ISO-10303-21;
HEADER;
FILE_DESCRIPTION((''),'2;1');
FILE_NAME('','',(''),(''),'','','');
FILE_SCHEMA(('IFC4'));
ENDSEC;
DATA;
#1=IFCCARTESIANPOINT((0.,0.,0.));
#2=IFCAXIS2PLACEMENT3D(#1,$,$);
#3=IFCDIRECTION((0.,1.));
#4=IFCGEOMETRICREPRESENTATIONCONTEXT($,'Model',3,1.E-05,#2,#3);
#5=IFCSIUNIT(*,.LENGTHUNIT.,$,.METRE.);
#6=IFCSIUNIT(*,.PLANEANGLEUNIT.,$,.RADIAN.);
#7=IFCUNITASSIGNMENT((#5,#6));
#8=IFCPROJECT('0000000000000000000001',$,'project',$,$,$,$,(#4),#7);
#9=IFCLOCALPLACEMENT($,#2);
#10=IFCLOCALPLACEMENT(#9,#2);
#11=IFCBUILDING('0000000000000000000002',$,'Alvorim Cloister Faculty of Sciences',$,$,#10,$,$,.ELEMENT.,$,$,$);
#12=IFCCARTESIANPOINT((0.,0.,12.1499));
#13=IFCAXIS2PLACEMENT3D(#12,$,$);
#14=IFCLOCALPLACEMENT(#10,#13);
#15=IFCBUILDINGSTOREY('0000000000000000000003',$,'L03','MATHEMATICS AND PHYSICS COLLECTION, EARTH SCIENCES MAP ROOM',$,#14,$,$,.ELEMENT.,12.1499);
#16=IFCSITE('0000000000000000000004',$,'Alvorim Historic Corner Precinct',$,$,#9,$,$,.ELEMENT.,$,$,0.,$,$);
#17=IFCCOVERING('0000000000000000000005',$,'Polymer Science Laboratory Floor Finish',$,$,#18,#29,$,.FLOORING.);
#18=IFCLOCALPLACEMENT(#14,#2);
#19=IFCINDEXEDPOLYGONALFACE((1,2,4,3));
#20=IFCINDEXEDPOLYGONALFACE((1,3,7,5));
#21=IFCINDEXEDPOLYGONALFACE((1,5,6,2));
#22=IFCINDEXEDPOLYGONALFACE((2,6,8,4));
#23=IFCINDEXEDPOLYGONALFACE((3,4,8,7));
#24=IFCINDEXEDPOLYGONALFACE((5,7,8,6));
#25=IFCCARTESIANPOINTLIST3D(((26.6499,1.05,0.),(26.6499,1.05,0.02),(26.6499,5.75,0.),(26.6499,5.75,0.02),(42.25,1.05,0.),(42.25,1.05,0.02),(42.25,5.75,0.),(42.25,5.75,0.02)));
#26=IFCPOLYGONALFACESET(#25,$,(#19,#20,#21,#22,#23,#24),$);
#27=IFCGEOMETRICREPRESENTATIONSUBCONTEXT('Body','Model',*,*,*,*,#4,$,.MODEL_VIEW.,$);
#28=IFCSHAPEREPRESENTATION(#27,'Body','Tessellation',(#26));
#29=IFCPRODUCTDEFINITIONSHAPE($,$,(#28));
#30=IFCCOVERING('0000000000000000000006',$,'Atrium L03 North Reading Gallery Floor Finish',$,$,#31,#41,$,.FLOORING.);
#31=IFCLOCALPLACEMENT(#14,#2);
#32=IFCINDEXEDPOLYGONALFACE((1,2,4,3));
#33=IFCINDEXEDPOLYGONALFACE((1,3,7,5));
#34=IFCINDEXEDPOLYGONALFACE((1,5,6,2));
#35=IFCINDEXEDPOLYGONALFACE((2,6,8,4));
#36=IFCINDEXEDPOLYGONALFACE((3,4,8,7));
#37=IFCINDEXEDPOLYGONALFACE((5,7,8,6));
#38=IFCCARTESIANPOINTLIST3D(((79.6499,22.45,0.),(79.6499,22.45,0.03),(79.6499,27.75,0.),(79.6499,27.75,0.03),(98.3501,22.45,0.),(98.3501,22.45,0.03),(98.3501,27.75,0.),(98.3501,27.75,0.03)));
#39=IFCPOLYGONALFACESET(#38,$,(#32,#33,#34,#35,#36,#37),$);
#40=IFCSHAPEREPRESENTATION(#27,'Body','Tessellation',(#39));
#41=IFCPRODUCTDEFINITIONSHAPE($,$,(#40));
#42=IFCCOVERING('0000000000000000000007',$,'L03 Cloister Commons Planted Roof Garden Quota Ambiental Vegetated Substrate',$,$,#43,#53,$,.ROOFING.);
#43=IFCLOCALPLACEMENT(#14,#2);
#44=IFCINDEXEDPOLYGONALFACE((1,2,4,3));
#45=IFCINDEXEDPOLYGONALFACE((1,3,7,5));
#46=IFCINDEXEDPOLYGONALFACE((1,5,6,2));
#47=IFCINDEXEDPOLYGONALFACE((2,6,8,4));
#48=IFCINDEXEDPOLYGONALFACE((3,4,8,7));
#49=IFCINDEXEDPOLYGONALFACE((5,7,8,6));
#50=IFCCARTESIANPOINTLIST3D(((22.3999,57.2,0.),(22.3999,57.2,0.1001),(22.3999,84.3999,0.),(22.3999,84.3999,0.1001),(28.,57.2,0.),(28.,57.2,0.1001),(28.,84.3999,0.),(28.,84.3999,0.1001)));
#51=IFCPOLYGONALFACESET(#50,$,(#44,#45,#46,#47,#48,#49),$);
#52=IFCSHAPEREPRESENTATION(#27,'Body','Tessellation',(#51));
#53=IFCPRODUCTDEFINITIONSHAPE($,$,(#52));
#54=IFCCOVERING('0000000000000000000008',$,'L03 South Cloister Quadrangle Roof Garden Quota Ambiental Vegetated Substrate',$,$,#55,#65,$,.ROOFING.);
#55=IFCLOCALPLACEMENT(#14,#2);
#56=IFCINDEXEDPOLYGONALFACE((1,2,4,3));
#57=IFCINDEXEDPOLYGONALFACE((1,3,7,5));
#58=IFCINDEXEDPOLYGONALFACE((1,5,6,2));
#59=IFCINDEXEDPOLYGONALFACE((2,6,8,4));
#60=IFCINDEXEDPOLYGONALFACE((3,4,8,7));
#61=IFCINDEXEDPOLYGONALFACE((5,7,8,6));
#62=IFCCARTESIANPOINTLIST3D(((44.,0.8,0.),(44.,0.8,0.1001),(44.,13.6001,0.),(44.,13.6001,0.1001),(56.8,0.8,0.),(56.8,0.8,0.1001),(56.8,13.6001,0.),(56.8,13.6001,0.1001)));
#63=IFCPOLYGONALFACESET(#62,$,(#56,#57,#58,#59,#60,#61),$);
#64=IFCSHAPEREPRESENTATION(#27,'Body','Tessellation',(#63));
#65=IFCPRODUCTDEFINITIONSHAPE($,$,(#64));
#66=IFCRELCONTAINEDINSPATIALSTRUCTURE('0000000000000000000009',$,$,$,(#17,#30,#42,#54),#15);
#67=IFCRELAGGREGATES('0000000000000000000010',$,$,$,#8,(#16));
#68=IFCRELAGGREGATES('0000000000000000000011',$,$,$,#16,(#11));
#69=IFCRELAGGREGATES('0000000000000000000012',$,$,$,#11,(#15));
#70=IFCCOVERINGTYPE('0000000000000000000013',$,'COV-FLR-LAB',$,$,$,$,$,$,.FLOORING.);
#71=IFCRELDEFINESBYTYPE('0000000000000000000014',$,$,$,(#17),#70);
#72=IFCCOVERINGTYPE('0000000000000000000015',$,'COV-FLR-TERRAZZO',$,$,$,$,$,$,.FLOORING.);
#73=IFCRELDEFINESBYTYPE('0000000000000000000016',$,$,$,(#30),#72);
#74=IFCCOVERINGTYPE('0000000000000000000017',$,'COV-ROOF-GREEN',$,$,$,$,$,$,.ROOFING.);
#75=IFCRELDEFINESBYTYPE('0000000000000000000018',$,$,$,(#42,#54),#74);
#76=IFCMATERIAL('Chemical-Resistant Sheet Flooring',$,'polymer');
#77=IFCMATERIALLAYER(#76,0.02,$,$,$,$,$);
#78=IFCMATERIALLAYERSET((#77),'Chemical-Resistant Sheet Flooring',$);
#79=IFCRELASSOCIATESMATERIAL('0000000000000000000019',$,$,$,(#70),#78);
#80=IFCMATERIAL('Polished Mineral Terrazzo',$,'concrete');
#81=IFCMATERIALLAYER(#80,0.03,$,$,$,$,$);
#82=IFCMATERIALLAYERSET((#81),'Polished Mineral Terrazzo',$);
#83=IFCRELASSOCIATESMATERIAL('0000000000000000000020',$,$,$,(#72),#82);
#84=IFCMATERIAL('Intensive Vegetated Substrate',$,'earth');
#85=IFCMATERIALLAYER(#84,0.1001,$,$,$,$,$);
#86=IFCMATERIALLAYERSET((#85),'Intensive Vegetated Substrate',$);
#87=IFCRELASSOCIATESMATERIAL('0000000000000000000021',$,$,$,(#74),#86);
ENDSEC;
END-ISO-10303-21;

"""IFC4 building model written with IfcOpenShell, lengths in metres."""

from ifc_helpers import new_model, si_unit, direction, frame, origin, place, context, subcontext, project, spatial, polyline, outline, extrude, material, layer, layer_set, type_object, element, save


model = new_model("IFC4")

# Units and contexts
model_context = context("Model", 3, precision=1e-05, world=origin(), true_north=direction((0.0, 1.0)))
body_context = subcontext(model_context, "Body", "Model", "MODEL_VIEW")
ifc_project = project(units=[si_unit("LENGTHUNIT", "METRE"), si_unit("PLANEANGLEUNIT", "RADIAN")], contexts=[model_context])

# Site, building, storey
site_placement = place(None, origin())
site = spatial("IfcSite", under=ifc_project, at=site_placement, Name="Alvorim Historic Corner Precinct", CompositionType="ELEMENT", RefElevation=0.0)
building_placement = place(site_placement, origin())
building = spatial("IfcBuilding", under=site, at=building_placement, Name="Alvorim Cloister Faculty of Sciences", CompositionType="ELEMENT")
storey_placement = place(building_placement, frame((0.0, 0.0, 12.1499)))
storey = spatial("IfcBuildingStorey", under=building, at=storey_placement, Name="L03", Description="MATHEMATICS AND PHYSICS COLLECTION, EARTH SCIENCES MAP ROOM", CompositionType="ELEMENT", Elevation=12.1499)

# Coverings
ifc_material_1 = material(Name="Chemical-Resistant Sheet Flooring", Category="polymer")
ifc_layer_1 = layer(ifc_material_1, 0.02)
ifc_layer_set_1 = layer_set([ifc_layer_1], Name="Chemical-Resistant Sheet Flooring")
covering_type_1 = type_object("IfcCoveringType", Name="COV-FLR-LAB", PredefinedType="FLOORING", material=ifc_layer_set_1)
covering_1_placement = place(storey_placement, origin())
element("IfcCovering", 1, at=covering_1_placement, inside=storey, type_object=covering_type_1, Name="Polymer Science Laboratory Floor Finish", PredefinedType="FLOORING", context=body_context, shape_type="SweptSolid", body=[
    extrude(outline(polyline([(26.6499, 1.05), (42.25, 1.05), (42.25, 5.75), (26.6499, 5.75), (26.6499, 1.05)])), origin(), (0.0, 0.0, 1.0), 0.02),
])
ifc_material_2 = material(Name="Polished Mineral Terrazzo", Category="concrete")
ifc_layer_2 = layer(ifc_material_2, 0.03)
ifc_layer_set_2 = layer_set([ifc_layer_2], Name="Polished Mineral Terrazzo")
covering_type_2 = type_object("IfcCoveringType", Name="COV-FLR-TERRAZZO", PredefinedType="FLOORING", material=ifc_layer_set_2)
covering_2_placement = place(storey_placement, origin())
element("IfcCovering", 2, at=covering_2_placement, inside=storey, type_object=covering_type_2, Name="Atrium L03 North Reading Gallery Floor Finish", PredefinedType="FLOORING", context=body_context, shape_type="SweptSolid", body=[
    extrude(outline(polyline([(79.6499, 22.45), (98.3501, 22.45), (98.3501, 27.75), (79.6499, 27.75), (79.6499, 22.45)])), origin(), (0.0, 0.0, 1.0), 0.03),
])
ifc_material_3 = material(Name="Intensive Vegetated Substrate", Category="earth")
ifc_layer_3 = layer(ifc_material_3, 0.1001)
ifc_layer_set_3 = layer_set([ifc_layer_3], Name="Intensive Vegetated Substrate")
covering_type_3 = type_object("IfcCoveringType", Name="COV-ROOF-GREEN", PredefinedType="ROOFING", material=ifc_layer_set_3)
covering_3_placement = place(storey_placement, origin())
element("IfcCovering", 3, at=covering_3_placement, inside=storey, type_object=covering_type_3, Name="L03 Cloister Commons Planted Roof Garden Quota Ambiental Vegetated Substrate", PredefinedType="ROOFING", context=body_context, shape_type="SweptSolid", body=[
    extrude(outline(polyline([(22.3999, 57.2), (28.0, 57.2), (28.0, 84.3999), (22.3999, 84.3999), (22.3999, 57.2)])), origin(), (0.0, 0.0, 1.0), 0.1001),
])
covering_4_placement = place(storey_placement, origin())
element("IfcCovering", 4, at=covering_4_placement, inside=storey, type_object=covering_type_3, Name="L03 South Cloister Quadrangle Roof Garden Quota Ambiental Vegetated Substrate", PredefinedType="ROOFING", context=body_context, shape_type="SweptSolid", body=[
    extrude(outline(polyline([(44.0, 0.8), (56.8, 0.8), (56.8, 13.6001), (44.0, 13.6001), (44.0, 0.8)])), origin(), (0.0, 0.0, 1.0), 0.1001),
])

save(model, "model.ifc")
